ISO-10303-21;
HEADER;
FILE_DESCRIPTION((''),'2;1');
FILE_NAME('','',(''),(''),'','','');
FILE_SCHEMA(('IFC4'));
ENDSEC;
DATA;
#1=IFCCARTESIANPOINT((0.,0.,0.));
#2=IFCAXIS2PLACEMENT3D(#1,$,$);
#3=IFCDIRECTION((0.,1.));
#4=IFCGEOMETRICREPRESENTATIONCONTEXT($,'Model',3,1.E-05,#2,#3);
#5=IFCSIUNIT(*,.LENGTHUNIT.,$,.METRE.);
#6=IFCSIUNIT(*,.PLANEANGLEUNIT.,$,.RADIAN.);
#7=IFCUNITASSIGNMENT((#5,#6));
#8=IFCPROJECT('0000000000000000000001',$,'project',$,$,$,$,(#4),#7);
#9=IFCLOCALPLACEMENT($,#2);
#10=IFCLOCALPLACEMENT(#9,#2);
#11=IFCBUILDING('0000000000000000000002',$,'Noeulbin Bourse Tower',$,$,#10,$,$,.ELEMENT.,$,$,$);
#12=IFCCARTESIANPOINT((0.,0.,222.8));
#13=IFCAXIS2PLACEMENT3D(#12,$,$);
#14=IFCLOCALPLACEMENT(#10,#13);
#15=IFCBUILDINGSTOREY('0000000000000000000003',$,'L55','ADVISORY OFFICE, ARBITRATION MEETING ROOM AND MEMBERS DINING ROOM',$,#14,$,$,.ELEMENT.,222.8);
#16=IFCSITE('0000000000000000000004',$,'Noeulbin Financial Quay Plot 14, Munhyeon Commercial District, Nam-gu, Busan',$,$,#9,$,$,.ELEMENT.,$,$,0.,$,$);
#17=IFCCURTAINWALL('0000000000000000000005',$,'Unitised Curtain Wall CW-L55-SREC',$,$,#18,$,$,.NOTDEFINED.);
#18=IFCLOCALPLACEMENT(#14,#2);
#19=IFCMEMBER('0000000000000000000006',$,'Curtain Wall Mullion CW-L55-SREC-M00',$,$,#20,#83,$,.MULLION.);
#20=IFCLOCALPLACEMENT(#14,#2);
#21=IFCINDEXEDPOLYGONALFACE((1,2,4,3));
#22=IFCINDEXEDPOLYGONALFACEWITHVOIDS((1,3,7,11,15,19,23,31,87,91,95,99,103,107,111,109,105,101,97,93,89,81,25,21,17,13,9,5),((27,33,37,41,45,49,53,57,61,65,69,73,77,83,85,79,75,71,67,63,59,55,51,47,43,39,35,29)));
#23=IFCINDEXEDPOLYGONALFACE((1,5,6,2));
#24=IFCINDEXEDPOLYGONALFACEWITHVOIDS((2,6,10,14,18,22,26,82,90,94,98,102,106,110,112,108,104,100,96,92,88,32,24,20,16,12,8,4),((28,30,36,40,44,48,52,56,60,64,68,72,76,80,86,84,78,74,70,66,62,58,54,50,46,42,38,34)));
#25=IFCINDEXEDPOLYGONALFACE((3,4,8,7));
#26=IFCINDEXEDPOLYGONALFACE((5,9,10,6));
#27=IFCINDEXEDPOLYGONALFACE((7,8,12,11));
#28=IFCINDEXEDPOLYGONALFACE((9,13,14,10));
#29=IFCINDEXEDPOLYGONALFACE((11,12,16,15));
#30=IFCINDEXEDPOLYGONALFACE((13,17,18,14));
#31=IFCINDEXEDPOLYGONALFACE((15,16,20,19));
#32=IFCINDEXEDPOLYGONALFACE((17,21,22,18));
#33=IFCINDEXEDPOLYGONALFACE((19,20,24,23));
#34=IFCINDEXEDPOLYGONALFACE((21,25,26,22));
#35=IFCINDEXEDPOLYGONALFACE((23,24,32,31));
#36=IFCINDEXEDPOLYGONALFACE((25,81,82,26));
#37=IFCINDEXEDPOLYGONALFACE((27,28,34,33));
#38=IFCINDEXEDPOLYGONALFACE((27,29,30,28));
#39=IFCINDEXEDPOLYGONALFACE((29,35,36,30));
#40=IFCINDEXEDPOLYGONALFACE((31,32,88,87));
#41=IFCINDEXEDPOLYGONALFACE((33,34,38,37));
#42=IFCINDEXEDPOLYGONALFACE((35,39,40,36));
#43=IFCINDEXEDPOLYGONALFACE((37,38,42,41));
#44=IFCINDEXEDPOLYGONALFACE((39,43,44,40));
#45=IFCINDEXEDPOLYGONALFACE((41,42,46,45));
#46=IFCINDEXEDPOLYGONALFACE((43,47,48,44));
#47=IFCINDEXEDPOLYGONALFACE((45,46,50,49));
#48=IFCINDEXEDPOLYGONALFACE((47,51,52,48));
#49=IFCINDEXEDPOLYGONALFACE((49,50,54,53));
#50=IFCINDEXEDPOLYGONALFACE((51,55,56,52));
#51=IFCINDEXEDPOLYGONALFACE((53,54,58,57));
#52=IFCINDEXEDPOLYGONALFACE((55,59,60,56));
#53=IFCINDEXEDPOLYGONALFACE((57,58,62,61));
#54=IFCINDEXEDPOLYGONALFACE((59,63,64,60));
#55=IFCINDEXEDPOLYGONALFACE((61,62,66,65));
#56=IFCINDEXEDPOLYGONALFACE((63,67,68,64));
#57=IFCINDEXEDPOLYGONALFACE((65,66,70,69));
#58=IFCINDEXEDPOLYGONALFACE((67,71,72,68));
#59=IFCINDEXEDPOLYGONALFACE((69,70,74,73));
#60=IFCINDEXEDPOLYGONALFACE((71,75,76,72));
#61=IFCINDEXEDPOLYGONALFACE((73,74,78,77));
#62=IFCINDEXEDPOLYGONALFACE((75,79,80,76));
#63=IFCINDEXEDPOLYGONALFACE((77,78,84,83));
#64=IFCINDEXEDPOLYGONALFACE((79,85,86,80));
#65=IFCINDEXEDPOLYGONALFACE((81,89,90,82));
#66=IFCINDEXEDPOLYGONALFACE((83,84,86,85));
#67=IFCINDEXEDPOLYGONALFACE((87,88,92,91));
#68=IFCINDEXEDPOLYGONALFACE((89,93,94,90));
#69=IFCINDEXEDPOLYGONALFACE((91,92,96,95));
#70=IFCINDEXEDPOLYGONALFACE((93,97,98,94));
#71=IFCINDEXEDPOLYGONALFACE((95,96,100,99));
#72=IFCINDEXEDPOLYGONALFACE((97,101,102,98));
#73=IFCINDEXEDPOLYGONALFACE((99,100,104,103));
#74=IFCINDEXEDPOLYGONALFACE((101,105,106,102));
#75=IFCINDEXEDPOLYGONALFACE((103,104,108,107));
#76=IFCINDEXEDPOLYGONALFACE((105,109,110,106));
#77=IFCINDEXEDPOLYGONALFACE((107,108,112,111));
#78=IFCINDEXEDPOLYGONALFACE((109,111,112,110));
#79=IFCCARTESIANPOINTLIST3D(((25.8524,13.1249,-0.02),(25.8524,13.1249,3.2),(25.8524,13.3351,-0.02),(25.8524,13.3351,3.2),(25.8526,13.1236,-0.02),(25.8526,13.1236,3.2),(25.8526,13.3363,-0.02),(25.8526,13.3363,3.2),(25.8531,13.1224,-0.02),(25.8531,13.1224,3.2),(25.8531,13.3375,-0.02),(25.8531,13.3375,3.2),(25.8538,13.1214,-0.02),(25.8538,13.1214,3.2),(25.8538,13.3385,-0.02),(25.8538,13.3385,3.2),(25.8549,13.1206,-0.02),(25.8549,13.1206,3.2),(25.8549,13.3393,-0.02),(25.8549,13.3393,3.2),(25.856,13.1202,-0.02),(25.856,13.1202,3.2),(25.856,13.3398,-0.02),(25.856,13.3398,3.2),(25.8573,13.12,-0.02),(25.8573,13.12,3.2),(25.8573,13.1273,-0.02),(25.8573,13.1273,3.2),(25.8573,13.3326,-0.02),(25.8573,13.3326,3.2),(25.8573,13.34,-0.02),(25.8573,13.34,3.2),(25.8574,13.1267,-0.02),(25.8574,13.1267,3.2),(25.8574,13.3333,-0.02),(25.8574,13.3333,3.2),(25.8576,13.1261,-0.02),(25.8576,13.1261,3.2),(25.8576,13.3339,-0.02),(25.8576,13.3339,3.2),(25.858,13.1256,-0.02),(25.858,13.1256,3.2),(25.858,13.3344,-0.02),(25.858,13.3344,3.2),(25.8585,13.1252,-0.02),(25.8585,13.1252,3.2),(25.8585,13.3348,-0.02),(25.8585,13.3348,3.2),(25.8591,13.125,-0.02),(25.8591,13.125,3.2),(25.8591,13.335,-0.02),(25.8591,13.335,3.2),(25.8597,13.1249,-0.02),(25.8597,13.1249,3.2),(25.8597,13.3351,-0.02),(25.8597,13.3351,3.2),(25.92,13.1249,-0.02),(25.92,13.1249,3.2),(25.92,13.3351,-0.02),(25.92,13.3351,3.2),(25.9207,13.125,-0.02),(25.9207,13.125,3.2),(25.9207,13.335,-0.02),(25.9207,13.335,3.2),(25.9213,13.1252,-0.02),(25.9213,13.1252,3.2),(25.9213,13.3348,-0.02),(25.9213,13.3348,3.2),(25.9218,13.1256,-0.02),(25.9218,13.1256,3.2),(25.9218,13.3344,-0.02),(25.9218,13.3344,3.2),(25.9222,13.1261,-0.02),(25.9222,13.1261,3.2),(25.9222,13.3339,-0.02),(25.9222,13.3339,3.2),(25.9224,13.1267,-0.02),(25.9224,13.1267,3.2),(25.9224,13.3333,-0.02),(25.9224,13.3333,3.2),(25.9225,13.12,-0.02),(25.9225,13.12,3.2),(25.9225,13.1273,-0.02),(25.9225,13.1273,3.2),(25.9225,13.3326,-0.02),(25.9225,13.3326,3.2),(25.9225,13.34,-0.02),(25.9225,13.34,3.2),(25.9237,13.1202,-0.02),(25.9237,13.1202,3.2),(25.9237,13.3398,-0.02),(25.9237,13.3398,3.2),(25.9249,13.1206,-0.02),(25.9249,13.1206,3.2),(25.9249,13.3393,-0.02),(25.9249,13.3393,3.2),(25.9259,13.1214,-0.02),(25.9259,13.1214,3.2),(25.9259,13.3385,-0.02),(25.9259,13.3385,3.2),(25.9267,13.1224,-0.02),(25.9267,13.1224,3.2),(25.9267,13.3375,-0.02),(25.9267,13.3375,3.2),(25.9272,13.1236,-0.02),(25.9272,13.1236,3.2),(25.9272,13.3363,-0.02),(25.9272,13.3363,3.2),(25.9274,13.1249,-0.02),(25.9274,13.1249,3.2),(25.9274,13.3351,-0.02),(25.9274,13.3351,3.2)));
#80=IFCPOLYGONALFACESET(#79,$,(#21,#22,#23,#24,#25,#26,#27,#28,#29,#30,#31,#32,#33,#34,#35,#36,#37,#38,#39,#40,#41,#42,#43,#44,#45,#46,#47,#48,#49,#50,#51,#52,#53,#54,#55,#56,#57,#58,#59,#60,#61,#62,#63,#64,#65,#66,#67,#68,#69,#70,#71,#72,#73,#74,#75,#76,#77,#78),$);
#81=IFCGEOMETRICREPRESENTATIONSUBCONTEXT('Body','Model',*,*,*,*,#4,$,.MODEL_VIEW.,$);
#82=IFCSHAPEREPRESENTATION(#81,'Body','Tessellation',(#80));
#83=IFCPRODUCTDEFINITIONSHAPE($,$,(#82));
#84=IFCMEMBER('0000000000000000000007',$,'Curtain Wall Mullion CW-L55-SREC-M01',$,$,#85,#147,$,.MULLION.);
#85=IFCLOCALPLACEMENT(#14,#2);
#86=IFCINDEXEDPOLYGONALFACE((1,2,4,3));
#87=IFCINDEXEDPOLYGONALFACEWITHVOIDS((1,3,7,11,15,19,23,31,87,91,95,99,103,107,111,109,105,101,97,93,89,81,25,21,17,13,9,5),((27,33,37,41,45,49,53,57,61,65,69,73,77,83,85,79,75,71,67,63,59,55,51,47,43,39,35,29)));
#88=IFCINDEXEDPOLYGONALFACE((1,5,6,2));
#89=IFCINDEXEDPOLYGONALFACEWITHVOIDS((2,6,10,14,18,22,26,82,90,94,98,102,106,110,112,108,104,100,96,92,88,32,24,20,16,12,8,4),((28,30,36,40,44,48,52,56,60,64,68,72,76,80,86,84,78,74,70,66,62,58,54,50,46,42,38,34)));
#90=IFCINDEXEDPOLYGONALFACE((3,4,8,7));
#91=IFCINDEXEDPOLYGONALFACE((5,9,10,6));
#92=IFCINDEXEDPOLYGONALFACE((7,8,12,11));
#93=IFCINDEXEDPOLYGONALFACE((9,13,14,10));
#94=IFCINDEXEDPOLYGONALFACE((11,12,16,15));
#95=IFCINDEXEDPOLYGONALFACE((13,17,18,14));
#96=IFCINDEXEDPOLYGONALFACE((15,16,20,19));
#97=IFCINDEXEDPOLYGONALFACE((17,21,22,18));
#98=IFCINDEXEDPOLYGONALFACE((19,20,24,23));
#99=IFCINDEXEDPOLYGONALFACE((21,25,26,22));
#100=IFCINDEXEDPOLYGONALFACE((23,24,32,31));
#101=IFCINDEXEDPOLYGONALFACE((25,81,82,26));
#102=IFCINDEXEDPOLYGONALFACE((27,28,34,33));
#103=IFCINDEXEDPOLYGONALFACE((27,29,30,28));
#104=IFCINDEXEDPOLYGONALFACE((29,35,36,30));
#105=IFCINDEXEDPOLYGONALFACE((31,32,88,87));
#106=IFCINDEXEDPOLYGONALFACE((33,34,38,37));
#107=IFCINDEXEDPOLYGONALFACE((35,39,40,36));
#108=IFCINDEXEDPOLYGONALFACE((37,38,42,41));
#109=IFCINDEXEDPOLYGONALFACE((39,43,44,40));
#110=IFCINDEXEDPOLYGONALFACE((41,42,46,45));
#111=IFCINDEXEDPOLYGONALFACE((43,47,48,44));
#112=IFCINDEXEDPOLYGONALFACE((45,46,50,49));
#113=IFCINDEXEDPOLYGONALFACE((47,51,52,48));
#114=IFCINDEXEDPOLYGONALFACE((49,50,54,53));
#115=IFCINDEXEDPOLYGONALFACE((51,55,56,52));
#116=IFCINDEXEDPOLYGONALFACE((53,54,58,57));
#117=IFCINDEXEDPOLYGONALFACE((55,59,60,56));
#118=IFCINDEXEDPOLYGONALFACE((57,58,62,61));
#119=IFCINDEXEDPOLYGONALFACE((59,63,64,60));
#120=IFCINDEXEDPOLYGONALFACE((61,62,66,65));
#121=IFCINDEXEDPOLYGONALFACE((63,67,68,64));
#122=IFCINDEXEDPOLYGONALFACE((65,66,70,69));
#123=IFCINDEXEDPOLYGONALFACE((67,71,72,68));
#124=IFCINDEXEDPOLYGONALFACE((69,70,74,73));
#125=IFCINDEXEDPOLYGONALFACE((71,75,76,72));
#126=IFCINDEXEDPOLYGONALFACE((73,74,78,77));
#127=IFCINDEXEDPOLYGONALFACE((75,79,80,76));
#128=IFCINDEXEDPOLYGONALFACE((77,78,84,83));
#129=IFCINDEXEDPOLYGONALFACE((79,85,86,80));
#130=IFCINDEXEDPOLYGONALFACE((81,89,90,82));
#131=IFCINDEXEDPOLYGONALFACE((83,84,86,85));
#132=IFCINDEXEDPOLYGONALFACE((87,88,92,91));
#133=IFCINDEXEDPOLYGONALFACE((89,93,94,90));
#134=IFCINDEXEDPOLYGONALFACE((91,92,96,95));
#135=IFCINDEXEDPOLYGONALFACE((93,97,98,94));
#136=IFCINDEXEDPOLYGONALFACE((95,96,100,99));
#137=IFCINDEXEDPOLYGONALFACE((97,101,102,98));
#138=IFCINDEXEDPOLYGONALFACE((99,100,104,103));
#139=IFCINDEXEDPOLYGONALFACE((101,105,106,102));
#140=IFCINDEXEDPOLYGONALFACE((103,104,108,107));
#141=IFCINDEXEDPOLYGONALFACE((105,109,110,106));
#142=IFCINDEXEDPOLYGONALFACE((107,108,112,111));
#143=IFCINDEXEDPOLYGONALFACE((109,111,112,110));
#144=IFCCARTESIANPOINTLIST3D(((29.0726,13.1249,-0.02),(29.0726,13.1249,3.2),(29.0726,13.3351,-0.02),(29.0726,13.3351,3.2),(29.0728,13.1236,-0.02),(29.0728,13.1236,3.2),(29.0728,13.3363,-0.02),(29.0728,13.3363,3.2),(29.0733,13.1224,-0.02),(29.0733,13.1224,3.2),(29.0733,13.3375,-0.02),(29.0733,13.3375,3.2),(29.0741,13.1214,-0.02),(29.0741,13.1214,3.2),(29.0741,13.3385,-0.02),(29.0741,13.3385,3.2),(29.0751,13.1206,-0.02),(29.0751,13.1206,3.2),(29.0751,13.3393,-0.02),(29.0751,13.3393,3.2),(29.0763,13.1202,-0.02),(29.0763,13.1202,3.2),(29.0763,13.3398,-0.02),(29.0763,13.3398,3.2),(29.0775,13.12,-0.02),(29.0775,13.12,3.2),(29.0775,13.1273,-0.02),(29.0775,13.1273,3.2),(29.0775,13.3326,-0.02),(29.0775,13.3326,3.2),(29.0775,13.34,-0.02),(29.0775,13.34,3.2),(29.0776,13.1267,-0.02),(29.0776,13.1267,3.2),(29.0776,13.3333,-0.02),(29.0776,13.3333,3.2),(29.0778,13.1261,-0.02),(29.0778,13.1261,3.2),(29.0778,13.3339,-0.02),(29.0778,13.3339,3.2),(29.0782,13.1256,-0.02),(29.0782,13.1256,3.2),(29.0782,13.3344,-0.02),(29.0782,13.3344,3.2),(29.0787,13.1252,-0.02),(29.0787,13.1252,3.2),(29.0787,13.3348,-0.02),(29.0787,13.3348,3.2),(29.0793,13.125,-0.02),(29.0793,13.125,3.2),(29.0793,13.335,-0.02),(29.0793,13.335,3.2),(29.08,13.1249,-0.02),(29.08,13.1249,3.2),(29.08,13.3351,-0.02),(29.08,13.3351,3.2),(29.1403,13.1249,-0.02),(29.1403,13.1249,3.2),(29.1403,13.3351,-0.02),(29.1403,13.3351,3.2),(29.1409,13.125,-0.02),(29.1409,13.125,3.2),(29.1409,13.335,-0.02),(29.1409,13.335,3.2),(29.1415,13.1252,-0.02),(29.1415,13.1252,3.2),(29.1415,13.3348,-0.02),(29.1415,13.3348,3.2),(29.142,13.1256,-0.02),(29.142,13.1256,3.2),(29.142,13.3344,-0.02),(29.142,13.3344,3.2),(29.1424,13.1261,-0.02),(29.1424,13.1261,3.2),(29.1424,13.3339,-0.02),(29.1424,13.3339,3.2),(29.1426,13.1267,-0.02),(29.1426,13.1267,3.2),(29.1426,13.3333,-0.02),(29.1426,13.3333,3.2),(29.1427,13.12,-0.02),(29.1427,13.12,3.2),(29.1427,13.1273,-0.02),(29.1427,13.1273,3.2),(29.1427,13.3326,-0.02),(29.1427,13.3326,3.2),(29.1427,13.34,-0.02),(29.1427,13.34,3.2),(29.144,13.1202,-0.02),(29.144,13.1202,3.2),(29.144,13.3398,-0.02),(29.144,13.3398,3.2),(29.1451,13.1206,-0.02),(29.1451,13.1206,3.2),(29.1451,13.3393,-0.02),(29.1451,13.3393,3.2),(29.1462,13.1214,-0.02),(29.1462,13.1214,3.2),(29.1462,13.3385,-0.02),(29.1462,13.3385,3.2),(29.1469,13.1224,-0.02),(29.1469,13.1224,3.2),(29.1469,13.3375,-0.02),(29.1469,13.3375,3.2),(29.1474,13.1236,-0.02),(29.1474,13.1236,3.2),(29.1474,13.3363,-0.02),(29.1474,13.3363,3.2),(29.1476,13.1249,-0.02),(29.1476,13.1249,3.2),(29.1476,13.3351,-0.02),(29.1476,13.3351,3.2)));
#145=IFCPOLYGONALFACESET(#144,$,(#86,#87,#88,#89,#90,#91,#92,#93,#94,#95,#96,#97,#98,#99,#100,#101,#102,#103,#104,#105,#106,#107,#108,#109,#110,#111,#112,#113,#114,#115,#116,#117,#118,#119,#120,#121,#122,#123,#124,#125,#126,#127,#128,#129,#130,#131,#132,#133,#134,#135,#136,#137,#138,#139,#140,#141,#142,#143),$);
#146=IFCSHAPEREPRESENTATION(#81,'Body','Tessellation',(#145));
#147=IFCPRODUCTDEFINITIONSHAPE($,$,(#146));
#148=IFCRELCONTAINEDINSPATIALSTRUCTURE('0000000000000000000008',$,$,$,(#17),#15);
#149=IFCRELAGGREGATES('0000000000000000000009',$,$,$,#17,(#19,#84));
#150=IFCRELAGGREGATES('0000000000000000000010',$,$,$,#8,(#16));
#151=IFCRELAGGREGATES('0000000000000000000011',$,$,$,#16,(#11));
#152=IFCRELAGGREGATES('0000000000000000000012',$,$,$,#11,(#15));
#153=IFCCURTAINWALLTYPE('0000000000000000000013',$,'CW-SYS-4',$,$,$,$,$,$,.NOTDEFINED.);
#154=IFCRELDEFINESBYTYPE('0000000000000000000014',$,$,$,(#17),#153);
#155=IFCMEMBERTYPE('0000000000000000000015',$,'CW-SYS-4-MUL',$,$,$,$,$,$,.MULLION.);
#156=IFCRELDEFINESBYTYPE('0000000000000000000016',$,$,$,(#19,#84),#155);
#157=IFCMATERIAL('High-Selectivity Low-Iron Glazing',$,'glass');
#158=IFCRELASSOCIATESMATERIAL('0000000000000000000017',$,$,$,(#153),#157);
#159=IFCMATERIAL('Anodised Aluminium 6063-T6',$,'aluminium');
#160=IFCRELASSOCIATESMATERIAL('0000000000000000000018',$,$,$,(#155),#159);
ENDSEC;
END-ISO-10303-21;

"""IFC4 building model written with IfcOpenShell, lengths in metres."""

from ifc_helpers import new_model, si_unit, direction, frame, origin, origin_2d, place, context, subcontext, project, spatial, hollow_rectangle, extrude, material, material_profile, profile_set, type_object, element, aggregate, save


model = new_model("IFC4")

# Units and contexts
model_context = context("Model", 3, precision=1e-05, world=origin(), true_north=direction((0.0, 1.0)))
body_context = subcontext(model_context, "Body", "Model", "MODEL_VIEW")
ifc_project = project(units=[si_unit("LENGTHUNIT", "METRE"), si_unit("PLANEANGLEUNIT", "RADIAN")], contexts=[model_context])

# Site, building, storey
site_placement = place(None, origin())
site = spatial("IfcSite", under=ifc_project, at=site_placement, Name="Noeulbin Financial Quay Plot 14, Munhyeon Commercial District, Nam-gu, Busan", CompositionType="ELEMENT", RefElevation=0.0)
building_placement = place(site_placement, origin())
building = spatial("IfcBuilding", under=site, at=building_placement, Name="Noeulbin Bourse Tower", CompositionType="ELEMENT")
storey_placement = place(building_placement, frame((0.0, 0.0, 222.8)))
storey = spatial("IfcBuildingStorey", under=building, at=storey_placement, Name="L55", Description="ADVISORY OFFICE, ARBITRATION MEETING ROOM AND MEMBERS DINING ROOM", CompositionType="ELEMENT", Elevation=222.8)

# Curtain wall, members
ifc_material_1 = material(Name="High-Selectivity Low-Iron Glazing", Category="glass")
curtain_wall_type = type_object("IfcCurtainWallType", Name="CW-SYS-4", PredefinedType="NOTDEFINED", material=ifc_material_1)
curtain_wall_1_placement = place(storey_placement, origin())
curtain_wall_1 = element("IfcCurtainWall", 1, at=curtain_wall_1_placement, inside=storey, type_object=curtain_wall_type, Name="Unitised Curtain Wall CW-L55-SREC", PredefinedType="NOTDEFINED")
ifc_material_2 = material(Name="Anodised Aluminium 6063-T6", Category="aluminium")
ifc_material_profile_1 = material_profile(ifc_material_2, hollow_rectangle(XDim=0.075, YDim=0.22, WallThickness=0.0049, InnerFilletRadius=0.0024, OuterFilletRadius=0.0049, at=origin_2d()), Name="ALU-MULL-75x220x5", Category="LoadBearing")
ifc_profile_set_1 = profile_set([ifc_material_profile_1], Name="Anodised Aluminium 6063-T6")
member_type_1 = type_object("IfcMemberType", Name="CW-SYS-4-MUL", PredefinedType="MULLION", material=ifc_profile_set_1)
member_1_placement = place(storey_placement, frame((25.8899, 13.23, -0.02), z_axis=(0.0, 0.0, 1.0), x_axis=(1.0, 0.0, 0.0)))
member_1 = element("IfcMember", 2, at=member_1_placement, type_object=member_type_1, Name="Curtain Wall Mullion CW-L55-SREC-M00", PredefinedType="MULLION", context=body_context, shape_type="SweptSolid", body=[
    extrude(hollow_rectangle(XDim=0.075, YDim=0.22, WallThickness=0.0049, InnerFilletRadius=0.0024, OuterFilletRadius=0.0049, at=origin_2d()), origin(), (0.0, 0.0, 1.0), 3.22),
])
member_2_placement = place(storey_placement, frame((29.1101, 13.23, -0.02), z_axis=(0.0, 0.0, 1.0), x_axis=(1.0, 0.0, 0.0)))
member_2 = element("IfcMember", 3, at=member_2_placement, type_object=member_type_1, Name="Curtain Wall Mullion CW-L55-SREC-M01", PredefinedType="MULLION", context=body_context, shape_type="SweptSolid", body=[
    extrude(hollow_rectangle(XDim=0.075, YDim=0.22, WallThickness=0.0049, InnerFilletRadius=0.0024, OuterFilletRadius=0.0049, at=origin_2d()), origin(), (0.0, 0.0, 1.0), 3.22),
])

aggregate(curtain_wall_1, [member_1, member_2])

save(model, "model.ifc")
